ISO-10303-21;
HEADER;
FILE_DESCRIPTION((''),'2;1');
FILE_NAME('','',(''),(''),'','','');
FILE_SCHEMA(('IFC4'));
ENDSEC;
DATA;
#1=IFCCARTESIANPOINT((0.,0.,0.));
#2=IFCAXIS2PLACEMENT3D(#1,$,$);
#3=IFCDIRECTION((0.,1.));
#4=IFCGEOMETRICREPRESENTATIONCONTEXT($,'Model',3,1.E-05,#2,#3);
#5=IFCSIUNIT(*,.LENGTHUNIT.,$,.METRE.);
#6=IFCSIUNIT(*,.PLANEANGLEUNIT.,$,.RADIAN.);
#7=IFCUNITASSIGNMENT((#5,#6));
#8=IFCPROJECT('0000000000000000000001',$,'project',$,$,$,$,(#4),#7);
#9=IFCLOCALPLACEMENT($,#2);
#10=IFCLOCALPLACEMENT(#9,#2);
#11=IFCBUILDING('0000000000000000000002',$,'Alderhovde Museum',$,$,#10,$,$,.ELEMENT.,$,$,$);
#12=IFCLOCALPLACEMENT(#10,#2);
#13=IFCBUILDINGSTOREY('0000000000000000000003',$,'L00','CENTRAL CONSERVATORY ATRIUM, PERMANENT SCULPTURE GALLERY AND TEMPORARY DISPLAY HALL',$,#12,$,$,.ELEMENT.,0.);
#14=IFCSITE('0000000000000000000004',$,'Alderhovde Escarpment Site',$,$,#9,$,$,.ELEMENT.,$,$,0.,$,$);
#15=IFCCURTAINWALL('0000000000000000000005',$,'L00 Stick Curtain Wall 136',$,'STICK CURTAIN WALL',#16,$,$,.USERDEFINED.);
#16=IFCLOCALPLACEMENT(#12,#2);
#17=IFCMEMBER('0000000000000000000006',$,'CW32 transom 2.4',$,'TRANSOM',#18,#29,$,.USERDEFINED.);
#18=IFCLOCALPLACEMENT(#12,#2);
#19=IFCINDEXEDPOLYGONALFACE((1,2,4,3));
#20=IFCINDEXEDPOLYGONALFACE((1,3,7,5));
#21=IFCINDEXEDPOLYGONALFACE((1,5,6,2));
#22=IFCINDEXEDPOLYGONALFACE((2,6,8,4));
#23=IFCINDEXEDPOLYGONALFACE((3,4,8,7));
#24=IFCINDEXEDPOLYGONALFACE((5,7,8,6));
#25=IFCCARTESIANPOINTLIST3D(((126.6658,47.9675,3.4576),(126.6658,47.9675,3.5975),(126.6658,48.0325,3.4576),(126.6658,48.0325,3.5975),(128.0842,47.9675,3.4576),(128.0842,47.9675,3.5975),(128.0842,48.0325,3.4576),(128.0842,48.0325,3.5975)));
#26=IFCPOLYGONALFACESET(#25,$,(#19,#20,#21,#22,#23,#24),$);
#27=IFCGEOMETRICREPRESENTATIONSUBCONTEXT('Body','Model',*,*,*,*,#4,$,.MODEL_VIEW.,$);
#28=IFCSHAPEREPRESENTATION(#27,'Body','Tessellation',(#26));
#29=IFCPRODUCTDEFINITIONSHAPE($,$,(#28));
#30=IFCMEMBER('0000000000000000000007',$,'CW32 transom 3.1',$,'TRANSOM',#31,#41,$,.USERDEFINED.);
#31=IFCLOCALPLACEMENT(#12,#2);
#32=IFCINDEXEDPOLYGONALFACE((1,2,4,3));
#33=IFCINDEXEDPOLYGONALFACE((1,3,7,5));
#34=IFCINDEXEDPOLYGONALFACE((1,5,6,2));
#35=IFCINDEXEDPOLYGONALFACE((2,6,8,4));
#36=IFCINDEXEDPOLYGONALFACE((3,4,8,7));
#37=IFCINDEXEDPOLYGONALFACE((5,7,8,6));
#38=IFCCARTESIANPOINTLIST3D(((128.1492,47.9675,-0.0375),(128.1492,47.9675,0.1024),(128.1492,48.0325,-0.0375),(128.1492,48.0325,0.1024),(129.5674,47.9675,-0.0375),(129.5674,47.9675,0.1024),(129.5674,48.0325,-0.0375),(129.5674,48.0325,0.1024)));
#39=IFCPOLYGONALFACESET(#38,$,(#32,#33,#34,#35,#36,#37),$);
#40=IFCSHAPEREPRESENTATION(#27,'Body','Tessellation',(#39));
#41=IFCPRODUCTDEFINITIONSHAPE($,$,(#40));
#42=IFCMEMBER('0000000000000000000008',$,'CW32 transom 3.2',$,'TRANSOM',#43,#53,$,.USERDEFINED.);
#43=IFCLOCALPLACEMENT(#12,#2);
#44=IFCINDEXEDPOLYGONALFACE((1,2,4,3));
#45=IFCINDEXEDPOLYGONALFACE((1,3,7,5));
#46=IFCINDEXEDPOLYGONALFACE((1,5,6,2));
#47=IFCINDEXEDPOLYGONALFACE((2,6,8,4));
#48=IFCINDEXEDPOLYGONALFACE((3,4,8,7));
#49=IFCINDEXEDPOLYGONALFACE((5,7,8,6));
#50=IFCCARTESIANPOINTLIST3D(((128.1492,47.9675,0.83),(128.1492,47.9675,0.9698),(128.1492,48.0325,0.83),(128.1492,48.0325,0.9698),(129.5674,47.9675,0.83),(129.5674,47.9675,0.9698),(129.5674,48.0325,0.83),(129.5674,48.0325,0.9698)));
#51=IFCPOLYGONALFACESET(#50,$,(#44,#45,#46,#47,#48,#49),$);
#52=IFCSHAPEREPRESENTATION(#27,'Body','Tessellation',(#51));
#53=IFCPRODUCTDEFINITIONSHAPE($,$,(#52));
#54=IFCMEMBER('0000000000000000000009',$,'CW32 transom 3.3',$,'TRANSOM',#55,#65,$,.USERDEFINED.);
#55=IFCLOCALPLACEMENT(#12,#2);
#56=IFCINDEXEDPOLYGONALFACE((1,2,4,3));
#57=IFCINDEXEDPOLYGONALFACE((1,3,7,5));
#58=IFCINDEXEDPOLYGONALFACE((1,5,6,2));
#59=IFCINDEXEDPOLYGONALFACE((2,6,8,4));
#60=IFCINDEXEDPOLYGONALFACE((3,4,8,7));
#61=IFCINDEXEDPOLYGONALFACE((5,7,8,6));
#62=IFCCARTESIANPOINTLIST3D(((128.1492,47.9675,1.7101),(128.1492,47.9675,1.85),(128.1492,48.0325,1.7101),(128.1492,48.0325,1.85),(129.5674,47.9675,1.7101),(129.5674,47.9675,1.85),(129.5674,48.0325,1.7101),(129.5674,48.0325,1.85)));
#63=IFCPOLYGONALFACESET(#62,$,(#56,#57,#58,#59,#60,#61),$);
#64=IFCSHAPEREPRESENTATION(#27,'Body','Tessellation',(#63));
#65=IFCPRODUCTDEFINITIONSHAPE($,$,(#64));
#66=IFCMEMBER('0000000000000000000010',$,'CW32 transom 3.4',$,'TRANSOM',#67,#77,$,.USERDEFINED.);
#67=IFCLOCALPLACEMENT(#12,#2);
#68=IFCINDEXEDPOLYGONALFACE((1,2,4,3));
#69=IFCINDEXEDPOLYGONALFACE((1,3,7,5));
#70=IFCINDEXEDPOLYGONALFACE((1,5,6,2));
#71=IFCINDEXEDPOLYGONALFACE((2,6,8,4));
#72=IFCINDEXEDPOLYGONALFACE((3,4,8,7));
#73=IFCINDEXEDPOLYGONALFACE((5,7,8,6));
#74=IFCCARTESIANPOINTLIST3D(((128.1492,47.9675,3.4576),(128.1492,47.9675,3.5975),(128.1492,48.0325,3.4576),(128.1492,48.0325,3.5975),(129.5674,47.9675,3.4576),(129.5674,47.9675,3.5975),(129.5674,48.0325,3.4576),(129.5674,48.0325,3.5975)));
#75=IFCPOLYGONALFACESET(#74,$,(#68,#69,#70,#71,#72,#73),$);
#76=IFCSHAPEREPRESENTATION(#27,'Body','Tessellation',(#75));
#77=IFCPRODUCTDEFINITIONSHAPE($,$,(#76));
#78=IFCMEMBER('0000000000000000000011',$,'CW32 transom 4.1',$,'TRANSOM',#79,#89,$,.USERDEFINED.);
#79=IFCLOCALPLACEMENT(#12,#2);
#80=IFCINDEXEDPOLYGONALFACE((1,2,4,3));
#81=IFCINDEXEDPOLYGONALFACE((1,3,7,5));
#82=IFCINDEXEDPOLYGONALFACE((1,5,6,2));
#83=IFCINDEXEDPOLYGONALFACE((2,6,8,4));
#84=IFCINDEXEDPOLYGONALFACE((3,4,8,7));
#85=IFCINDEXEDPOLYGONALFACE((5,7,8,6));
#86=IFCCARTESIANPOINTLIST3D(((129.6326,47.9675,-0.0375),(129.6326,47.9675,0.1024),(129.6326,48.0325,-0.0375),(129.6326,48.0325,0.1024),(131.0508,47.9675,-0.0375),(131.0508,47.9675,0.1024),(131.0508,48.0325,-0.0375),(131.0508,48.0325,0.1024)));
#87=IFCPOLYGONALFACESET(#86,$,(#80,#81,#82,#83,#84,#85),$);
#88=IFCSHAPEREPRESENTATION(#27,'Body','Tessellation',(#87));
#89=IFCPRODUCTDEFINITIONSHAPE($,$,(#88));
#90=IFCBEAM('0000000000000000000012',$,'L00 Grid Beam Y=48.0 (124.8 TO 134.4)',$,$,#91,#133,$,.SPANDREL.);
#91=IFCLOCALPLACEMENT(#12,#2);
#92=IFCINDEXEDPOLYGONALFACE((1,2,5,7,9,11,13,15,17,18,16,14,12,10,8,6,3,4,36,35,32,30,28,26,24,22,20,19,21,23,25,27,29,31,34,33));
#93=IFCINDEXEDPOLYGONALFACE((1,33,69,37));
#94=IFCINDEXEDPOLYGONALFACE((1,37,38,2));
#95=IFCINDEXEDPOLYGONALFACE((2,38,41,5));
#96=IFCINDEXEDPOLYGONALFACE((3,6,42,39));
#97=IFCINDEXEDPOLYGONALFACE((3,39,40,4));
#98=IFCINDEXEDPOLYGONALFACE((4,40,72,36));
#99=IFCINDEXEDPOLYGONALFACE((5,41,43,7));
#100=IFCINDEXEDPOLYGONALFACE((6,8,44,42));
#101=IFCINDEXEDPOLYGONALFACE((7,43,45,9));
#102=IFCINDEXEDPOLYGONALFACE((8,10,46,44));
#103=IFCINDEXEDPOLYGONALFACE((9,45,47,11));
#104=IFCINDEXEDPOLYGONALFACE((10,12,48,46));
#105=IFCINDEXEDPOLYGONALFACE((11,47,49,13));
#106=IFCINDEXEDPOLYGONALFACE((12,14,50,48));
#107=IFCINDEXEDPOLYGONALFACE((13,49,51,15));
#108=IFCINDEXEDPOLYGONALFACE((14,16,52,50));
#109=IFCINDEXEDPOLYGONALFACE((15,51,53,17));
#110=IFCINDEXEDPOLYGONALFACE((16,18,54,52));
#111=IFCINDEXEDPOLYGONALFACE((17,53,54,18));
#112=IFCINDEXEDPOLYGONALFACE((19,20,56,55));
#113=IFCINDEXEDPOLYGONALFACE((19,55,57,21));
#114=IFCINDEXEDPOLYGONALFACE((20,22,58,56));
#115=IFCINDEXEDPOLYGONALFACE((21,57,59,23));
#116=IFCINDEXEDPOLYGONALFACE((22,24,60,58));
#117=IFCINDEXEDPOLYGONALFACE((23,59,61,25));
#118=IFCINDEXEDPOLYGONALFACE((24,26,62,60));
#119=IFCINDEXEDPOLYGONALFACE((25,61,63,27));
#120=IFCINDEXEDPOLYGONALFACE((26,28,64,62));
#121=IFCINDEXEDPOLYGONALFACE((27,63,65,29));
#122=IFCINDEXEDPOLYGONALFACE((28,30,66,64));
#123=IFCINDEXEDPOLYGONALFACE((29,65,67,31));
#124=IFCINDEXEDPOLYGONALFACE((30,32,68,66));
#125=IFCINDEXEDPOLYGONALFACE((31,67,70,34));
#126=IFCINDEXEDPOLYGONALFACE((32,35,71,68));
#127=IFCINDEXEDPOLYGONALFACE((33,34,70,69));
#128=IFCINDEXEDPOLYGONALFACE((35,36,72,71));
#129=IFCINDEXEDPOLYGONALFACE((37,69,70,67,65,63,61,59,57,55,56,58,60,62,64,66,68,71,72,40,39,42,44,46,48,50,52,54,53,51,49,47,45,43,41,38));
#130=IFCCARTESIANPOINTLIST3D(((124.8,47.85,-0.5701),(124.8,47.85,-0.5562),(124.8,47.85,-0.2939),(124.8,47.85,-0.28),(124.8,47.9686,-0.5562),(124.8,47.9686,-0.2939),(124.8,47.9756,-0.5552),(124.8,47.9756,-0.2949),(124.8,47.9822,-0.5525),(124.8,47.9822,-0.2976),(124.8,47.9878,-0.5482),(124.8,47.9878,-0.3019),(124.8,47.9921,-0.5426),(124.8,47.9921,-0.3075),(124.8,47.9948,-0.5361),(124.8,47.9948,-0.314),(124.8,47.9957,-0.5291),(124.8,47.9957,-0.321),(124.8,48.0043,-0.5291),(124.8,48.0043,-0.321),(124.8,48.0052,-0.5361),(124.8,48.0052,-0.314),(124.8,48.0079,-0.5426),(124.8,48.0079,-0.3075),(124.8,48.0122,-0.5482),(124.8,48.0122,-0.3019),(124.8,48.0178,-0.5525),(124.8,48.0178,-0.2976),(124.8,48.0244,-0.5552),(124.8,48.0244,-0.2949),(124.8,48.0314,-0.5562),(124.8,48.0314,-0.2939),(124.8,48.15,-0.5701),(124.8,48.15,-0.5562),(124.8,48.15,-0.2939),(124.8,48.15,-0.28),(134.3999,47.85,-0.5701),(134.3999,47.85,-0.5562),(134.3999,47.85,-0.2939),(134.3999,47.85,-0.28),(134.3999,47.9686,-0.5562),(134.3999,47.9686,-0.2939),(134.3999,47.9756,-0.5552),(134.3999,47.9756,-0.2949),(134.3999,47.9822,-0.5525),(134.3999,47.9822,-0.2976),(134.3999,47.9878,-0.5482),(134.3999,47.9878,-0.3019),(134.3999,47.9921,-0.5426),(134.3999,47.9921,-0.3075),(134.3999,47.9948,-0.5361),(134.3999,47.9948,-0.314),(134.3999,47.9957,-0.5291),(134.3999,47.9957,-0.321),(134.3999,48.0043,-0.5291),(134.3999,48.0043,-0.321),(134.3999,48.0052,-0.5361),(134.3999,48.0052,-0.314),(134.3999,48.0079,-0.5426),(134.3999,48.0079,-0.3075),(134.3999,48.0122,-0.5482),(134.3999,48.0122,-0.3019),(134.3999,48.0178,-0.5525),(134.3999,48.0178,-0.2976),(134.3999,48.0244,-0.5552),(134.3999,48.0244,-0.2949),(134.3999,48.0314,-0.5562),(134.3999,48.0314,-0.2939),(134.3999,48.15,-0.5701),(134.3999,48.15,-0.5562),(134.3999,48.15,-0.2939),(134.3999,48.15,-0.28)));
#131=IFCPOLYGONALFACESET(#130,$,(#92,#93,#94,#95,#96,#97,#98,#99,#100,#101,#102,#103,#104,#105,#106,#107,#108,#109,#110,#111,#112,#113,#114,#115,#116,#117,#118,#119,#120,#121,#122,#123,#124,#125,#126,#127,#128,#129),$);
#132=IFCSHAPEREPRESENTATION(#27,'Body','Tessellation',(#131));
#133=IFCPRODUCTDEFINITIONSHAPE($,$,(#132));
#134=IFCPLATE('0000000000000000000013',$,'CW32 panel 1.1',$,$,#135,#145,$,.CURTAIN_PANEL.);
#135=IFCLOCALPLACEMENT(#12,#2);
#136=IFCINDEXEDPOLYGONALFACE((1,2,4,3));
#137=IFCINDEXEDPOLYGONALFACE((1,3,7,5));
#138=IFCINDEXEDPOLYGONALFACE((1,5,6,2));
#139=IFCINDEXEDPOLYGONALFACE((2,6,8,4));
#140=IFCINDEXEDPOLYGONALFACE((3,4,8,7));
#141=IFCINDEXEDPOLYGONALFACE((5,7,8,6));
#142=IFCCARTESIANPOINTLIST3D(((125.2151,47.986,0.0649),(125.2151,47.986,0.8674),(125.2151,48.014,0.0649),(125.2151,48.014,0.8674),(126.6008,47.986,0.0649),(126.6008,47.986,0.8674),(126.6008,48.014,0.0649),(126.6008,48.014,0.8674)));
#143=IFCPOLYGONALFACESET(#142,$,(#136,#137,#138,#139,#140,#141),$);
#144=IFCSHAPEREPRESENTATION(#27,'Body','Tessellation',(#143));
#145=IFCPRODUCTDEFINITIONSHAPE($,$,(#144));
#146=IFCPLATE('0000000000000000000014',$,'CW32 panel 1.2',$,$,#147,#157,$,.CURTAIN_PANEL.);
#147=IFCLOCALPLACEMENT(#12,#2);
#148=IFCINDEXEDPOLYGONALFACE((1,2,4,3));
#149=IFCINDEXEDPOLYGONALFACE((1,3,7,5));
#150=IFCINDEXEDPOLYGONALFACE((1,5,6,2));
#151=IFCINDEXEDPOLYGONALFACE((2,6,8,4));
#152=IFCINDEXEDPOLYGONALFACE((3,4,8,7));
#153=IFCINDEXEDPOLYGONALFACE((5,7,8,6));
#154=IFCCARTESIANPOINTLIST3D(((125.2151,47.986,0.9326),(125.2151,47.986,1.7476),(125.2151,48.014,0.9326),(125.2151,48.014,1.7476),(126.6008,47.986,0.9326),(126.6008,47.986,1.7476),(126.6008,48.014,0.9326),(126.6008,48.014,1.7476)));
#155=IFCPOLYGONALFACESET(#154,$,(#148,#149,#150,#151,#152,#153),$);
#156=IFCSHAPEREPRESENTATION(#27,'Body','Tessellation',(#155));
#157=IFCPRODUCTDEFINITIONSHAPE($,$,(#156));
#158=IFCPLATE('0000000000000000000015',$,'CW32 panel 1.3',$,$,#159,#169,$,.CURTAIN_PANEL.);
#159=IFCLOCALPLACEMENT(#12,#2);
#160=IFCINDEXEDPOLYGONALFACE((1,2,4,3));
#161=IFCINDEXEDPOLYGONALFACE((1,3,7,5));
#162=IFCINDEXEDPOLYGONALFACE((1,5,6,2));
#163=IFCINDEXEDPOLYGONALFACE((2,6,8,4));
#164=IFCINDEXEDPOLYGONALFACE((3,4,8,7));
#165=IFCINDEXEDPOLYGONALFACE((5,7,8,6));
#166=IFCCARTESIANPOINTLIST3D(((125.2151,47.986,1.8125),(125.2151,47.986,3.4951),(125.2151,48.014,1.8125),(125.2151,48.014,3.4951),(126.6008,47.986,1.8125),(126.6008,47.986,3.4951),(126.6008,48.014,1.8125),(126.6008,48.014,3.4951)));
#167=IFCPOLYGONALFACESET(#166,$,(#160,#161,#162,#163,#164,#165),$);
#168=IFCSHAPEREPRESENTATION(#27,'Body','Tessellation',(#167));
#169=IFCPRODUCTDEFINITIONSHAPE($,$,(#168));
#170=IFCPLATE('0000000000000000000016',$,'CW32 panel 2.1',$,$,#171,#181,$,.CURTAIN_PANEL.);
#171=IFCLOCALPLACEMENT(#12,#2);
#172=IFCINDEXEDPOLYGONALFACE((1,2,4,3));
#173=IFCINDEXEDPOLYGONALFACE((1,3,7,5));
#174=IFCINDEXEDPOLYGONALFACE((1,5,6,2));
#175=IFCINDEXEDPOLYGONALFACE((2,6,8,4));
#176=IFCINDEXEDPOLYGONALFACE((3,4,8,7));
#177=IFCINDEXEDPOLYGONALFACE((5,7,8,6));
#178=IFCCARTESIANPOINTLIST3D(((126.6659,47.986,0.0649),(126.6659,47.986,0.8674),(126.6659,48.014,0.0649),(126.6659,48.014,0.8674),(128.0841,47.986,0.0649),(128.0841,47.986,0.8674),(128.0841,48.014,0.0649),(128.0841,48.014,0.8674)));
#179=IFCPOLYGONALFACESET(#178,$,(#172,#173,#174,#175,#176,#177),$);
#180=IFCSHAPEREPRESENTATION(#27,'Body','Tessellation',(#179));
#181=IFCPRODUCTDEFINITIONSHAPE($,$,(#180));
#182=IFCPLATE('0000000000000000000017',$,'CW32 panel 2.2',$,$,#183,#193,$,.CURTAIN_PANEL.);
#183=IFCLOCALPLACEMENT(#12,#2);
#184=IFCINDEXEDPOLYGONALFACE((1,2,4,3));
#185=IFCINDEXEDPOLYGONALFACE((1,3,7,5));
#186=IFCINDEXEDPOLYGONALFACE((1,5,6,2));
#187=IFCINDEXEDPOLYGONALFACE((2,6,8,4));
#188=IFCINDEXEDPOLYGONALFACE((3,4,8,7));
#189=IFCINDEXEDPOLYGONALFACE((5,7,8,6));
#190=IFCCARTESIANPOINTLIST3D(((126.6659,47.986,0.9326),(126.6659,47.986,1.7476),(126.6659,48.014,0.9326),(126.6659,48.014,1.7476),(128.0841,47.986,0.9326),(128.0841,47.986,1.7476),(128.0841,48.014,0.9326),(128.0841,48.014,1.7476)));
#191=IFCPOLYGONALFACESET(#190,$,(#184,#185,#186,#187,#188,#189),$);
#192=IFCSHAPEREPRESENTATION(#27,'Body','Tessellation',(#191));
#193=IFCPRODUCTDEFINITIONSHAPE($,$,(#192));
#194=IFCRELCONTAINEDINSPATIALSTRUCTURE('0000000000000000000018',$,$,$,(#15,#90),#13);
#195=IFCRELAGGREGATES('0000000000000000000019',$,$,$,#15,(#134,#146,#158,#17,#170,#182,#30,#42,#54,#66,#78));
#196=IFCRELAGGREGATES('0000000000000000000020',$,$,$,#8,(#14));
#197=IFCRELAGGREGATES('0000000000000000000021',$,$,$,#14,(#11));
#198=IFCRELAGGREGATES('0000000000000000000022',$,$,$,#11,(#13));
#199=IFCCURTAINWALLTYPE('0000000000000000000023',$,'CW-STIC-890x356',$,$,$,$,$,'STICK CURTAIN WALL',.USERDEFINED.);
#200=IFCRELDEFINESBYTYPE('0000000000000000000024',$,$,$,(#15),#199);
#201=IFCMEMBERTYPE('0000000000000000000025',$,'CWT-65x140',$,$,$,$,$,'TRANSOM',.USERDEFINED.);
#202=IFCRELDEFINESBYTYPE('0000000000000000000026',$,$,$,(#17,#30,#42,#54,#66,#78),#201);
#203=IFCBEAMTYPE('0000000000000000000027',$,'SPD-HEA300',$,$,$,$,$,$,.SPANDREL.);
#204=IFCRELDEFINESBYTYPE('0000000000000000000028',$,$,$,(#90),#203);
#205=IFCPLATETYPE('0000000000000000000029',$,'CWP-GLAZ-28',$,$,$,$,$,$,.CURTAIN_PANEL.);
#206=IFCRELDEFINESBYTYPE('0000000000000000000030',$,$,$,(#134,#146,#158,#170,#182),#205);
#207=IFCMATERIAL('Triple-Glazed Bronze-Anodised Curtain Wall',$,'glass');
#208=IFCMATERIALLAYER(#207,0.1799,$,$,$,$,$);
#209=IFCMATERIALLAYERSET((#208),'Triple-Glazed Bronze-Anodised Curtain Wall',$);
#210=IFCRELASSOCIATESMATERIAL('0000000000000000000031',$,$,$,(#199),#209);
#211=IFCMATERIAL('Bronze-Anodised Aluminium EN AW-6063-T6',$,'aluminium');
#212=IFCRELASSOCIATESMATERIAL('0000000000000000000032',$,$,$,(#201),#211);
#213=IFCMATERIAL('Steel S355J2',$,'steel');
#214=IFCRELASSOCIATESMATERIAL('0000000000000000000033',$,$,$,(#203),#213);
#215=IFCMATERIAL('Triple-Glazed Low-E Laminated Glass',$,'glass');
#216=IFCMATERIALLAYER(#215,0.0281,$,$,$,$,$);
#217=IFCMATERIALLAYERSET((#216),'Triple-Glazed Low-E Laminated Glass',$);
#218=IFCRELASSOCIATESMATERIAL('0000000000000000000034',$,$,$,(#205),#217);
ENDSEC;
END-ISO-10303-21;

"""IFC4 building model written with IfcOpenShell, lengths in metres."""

from ifc_helpers import new_model, si_unit, direction, frame, origin, origin_2d, place, context, subcontext, project, spatial, rectangle, i_section, extrude, material, layer, layer_set, material_profile, profile_set, type_object, element, aggregate, save


model = new_model("IFC4")

# Units and contexts
model_context = context("Model", 3, precision=1e-05, world=origin(), true_north=direction((0.0, 1.0)))
body_context = subcontext(model_context, "Body", "Model", "MODEL_VIEW")
ifc_project = project(units=[si_unit("LENGTHUNIT", "METRE"), si_unit("PLANEANGLEUNIT", "RADIAN")], contexts=[model_context])

# Site, building, storey
site_placement = place(None, origin())
site = spatial("IfcSite", under=ifc_project, at=site_placement, Name="Alderhovde Escarpment Site", CompositionType="ELEMENT", RefElevation=0.0)
building_placement = place(site_placement, origin())
building = spatial("IfcBuilding", under=site, at=building_placement, Name="Alderhovde Museum", CompositionType="ELEMENT")
storey_placement = place(building_placement, origin())
storey = spatial("IfcBuildingStorey", under=building, at=storey_placement, Name="L00", Description="CENTRAL CONSERVATORY ATRIUM, PERMANENT SCULPTURE GALLERY AND TEMPORARY DISPLAY HALL", CompositionType="ELEMENT", Elevation=0.0)

# Curtain wall, members
ifc_material_1 = material(Name="Triple-Glazed Bronze-Anodised Curtain Wall", Category="glass")
ifc_layer_1 = layer(ifc_material_1, 0.1799)
ifc_layer_set_1 = layer_set([ifc_layer_1], Name="Triple-Glazed Bronze-Anodised Curtain Wall")
curtain_wall_type = type_object("IfcCurtainWallType", Name="CW-STIC-890x356", ElementType="STICK CURTAIN WALL", PredefinedType="USERDEFINED", material=ifc_layer_set_1)
curtain_wall_placement = place(storey_placement, origin())
curtain_wall = element("IfcCurtainWall", 1, at=curtain_wall_placement, inside=storey, type_object=curtain_wall_type, Name="L00 Stick Curtain Wall 136", ObjectType="STICK CURTAIN WALL", PredefinedType="USERDEFINED")
ifc_material_2 = material(Name="Bronze-Anodised Aluminium EN AW-6063-T6", Category="aluminium")
ifc_material_profile_1 = material_profile(ifc_material_2, rectangle(XDim=0.0649, YDim=0.1399, at=origin_2d()), Name="TRANSOM 65x140")
ifc_profile_set_1 = profile_set([ifc_material_profile_1], Name="Bronze-Anodised Aluminium EN AW-6063-T6")
member_type_1 = type_object("IfcMemberType", Name="CWT-65x140", ElementType="TRANSOM", PredefinedType="USERDEFINED", material=ifc_profile_set_1)
member_1_placement = place(storey_placement, frame((126.6658, 48.0, 3.5276), z_axis=(1.0, 0.0, 0.0), x_axis=(0.0, 1.0, 0.0)))
member_1 = element("IfcMember", 2, at=member_1_placement, type_object=member_type_1, Name="CW32 transom 2.4", ObjectType="TRANSOM", PredefinedType="USERDEFINED", context=body_context, shape_type="SweptSolid", body=[
    extrude(rectangle(XDim=0.0649, YDim=0.1399, at=origin_2d()), origin(), (0.0, 0.0, 1.0), 1.4185),
])
member_2_placement = place(storey_placement, frame((128.1492, 48.0, 0.0325), z_axis=(1.0, 0.0, 0.0), x_axis=(0.0, 1.0, 0.0)))
member_2 = element("IfcMember", 3, at=member_2_placement, type_object=member_type_1, Name="CW32 transom 3.1", ObjectType="TRANSOM", PredefinedType="USERDEFINED", context=body_context, shape_type="SweptSolid", body=[
    extrude(rectangle(XDim=0.0649, YDim=0.1399, at=origin_2d()), origin(), (0.0, 0.0, 1.0), 1.4182),
])
member_3_placement = place(storey_placement, frame((128.1492, 48.0, 0.8999), z_axis=(1.0, 0.0, 0.0), x_axis=(0.0, 1.0, 0.0)))
member_3 = element("IfcMember", 4, at=member_3_placement, type_object=member_type_1, Name="CW32 transom 3.2", ObjectType="TRANSOM", PredefinedType="USERDEFINED", context=body_context, shape_type="SweptSolid", body=[
    extrude(rectangle(XDim=0.0649, YDim=0.1399, at=origin_2d()), origin(), (0.0, 0.0, 1.0), 1.4182),
])
member_4_placement = place(storey_placement, frame((128.1492, 48.0, 1.78), z_axis=(1.0, 0.0, 0.0), x_axis=(0.0, 1.0, 0.0)))
member_4 = element("IfcMember", 5, at=member_4_placement, type_object=member_type_1, Name="CW32 transom 3.3", ObjectType="TRANSOM", PredefinedType="USERDEFINED", context=body_context, shape_type="SweptSolid", body=[
    extrude(rectangle(XDim=0.0649, YDim=0.1399, at=origin_2d()), origin(), (0.0, 0.0, 1.0), 1.4182),
])
member_5_placement = place(storey_placement, frame((128.1492, 48.0, 3.5276), z_axis=(1.0, 0.0, 0.0), x_axis=(0.0, 1.0, 0.0)))
member_5 = element("IfcMember", 6, at=member_5_placement, type_object=member_type_1, Name="CW32 transom 3.4", ObjectType="TRANSOM", PredefinedType="USERDEFINED", context=body_context, shape_type="SweptSolid", body=[
    extrude(rectangle(XDim=0.0649, YDim=0.1399, at=origin_2d()), origin(), (0.0, 0.0, 1.0), 1.4182),
])
member_6_placement = place(storey_placement, frame((129.6326, 48.0, 0.0325), z_axis=(1.0, 0.0, 0.0), x_axis=(0.0, 1.0, 0.0)))
member_6 = element("IfcMember", 7, at=member_6_placement, type_object=member_type_1, Name="CW32 transom 4.1", ObjectType="TRANSOM", PredefinedType="USERDEFINED", context=body_context, shape_type="SweptSolid", body=[
    extrude(rectangle(XDim=0.0649, YDim=0.1399, at=origin_2d()), origin(), (0.0, 0.0, 1.0), 1.4182),
])

# Beam
ifc_material_3 = material(Name="Steel S355J2", Category="steel")
ifc_material_profile_2 = material_profile(ifc_material_3, i_section(OverallWidth=0.3, OverallDepth=0.29, WebThickness=0.0085, FlangeThickness=0.0139, FilletRadius=0.0271, at=origin_2d()), Name="HEA 300")
ifc_profile_set_2 = profile_set([ifc_material_profile_2], Name="Steel S355J2")
beam_type = type_object("IfcBeamType", Name="SPD-HEA300", PredefinedType="SPANDREL", material=ifc_profile_set_2)
beam_placement = place(storey_placement, frame((124.8, 48.0, -0.425), z_axis=(1.0, 0.0, 0.0), x_axis=(0.0, 1.0, 0.0)))
element("IfcBeam", 8, at=beam_placement, inside=storey, type_object=beam_type, Name="L00 Grid Beam Y=48.0 (124.8 TO 134.4)", PredefinedType="SPANDREL", context=body_context, shape_type="SweptSolid", body=[
    extrude(i_section(OverallWidth=0.3, OverallDepth=0.29, WebThickness=0.0085, FlangeThickness=0.0139, FilletRadius=0.0271, at=origin_2d()), origin(), (0.0, 0.0, 1.0), 9.5999),
])

# Plates
ifc_material_4 = material(Name="Triple-Glazed Low-E Laminated Glass", Category="glass")
ifc_layer_2 = layer(ifc_material_4, 0.0281)
ifc_layer_set_2 = layer_set([ifc_layer_2], Name="Triple-Glazed Low-E Laminated Glass")
plate_type = type_object("IfcPlateType", Name="CWP-GLAZ-28", PredefinedType="CURTAIN_PANEL", material=ifc_layer_set_2)
plate_1_placement = place(storey_placement, frame((125.908, 48.0, 0.0649), z_axis=(0.0, 0.0, 1.0), x_axis=(1.0, 0.0, 0.0)))
plate_1 = element("IfcPlate", 9, at=plate_1_placement, type_object=plate_type, Name="CW32 panel 1.1", PredefinedType="CURTAIN_PANEL", context=body_context, shape_type="SweptSolid", body=[
    extrude(rectangle(XDim=1.3857, YDim=0.0281, at=origin_2d()), origin(), (0.0, 0.0, 1.0), 0.8025),
])
plate_2_placement = place(storey_placement, frame((125.908, 48.0, 0.9326), z_axis=(0.0, 0.0, 1.0), x_axis=(1.0, 0.0, 0.0)))
plate_2 = element("IfcPlate", 10, at=plate_2_placement, type_object=plate_type, Name="CW32 panel 1.2", PredefinedType="CURTAIN_PANEL", context=body_context, shape_type="SweptSolid", body=[
    extrude(rectangle(XDim=1.3857, YDim=0.0281, at=origin_2d()), origin(), (0.0, 0.0, 1.0), 0.8149),
])
plate_3_placement = place(storey_placement, frame((125.908, 48.0, 1.8125), z_axis=(0.0, 0.0, 1.0), x_axis=(1.0, 0.0, 0.0)))
plate_3 = element("IfcPlate", 11, at=plate_3_placement, type_object=plate_type, Name="CW32 panel 1.3", PredefinedType="CURTAIN_PANEL", context=body_context, shape_type="SweptSolid", body=[
    extrude(rectangle(XDim=1.3857, YDim=0.0281, at=origin_2d()), origin(), (0.0, 0.0, 1.0), 1.6826),
])
plate_4_placement = place(storey_placement, frame((127.375, 48.0, 0.0649), z_axis=(0.0, 0.0, 1.0), x_axis=(1.0, 0.0, 0.0)))
plate_4 = element("IfcPlate", 12, at=plate_4_placement, type_object=plate_type, Name="CW32 panel 2.1", PredefinedType="CURTAIN_PANEL", context=body_context, shape_type="SweptSolid", body=[
    extrude(rectangle(XDim=1.4182, YDim=0.0281, at=origin_2d()), origin(), (0.0, 0.0, 1.0), 0.8025),
])
plate_5_placement = place(storey_placement, frame((127.375, 48.0, 0.9326), z_axis=(0.0, 0.0, 1.0), x_axis=(1.0, 0.0, 0.0)))
plate_5 = element("IfcPlate", 13, at=plate_5_placement, type_object=plate_type, Name="CW32 panel 2.2", PredefinedType="CURTAIN_PANEL", context=body_context, shape_type="SweptSolid", body=[
    extrude(rectangle(XDim=1.4182, YDim=0.0281, at=origin_2d()), origin(), (0.0, 0.0, 1.0), 0.8149),
])
aggregate(curtain_wall, [plate_1, plate_2, plate_3, member_1, plate_4, plate_5, member_2, member_3, member_4, member_5, member_6])

save(model, "model.ifc")
